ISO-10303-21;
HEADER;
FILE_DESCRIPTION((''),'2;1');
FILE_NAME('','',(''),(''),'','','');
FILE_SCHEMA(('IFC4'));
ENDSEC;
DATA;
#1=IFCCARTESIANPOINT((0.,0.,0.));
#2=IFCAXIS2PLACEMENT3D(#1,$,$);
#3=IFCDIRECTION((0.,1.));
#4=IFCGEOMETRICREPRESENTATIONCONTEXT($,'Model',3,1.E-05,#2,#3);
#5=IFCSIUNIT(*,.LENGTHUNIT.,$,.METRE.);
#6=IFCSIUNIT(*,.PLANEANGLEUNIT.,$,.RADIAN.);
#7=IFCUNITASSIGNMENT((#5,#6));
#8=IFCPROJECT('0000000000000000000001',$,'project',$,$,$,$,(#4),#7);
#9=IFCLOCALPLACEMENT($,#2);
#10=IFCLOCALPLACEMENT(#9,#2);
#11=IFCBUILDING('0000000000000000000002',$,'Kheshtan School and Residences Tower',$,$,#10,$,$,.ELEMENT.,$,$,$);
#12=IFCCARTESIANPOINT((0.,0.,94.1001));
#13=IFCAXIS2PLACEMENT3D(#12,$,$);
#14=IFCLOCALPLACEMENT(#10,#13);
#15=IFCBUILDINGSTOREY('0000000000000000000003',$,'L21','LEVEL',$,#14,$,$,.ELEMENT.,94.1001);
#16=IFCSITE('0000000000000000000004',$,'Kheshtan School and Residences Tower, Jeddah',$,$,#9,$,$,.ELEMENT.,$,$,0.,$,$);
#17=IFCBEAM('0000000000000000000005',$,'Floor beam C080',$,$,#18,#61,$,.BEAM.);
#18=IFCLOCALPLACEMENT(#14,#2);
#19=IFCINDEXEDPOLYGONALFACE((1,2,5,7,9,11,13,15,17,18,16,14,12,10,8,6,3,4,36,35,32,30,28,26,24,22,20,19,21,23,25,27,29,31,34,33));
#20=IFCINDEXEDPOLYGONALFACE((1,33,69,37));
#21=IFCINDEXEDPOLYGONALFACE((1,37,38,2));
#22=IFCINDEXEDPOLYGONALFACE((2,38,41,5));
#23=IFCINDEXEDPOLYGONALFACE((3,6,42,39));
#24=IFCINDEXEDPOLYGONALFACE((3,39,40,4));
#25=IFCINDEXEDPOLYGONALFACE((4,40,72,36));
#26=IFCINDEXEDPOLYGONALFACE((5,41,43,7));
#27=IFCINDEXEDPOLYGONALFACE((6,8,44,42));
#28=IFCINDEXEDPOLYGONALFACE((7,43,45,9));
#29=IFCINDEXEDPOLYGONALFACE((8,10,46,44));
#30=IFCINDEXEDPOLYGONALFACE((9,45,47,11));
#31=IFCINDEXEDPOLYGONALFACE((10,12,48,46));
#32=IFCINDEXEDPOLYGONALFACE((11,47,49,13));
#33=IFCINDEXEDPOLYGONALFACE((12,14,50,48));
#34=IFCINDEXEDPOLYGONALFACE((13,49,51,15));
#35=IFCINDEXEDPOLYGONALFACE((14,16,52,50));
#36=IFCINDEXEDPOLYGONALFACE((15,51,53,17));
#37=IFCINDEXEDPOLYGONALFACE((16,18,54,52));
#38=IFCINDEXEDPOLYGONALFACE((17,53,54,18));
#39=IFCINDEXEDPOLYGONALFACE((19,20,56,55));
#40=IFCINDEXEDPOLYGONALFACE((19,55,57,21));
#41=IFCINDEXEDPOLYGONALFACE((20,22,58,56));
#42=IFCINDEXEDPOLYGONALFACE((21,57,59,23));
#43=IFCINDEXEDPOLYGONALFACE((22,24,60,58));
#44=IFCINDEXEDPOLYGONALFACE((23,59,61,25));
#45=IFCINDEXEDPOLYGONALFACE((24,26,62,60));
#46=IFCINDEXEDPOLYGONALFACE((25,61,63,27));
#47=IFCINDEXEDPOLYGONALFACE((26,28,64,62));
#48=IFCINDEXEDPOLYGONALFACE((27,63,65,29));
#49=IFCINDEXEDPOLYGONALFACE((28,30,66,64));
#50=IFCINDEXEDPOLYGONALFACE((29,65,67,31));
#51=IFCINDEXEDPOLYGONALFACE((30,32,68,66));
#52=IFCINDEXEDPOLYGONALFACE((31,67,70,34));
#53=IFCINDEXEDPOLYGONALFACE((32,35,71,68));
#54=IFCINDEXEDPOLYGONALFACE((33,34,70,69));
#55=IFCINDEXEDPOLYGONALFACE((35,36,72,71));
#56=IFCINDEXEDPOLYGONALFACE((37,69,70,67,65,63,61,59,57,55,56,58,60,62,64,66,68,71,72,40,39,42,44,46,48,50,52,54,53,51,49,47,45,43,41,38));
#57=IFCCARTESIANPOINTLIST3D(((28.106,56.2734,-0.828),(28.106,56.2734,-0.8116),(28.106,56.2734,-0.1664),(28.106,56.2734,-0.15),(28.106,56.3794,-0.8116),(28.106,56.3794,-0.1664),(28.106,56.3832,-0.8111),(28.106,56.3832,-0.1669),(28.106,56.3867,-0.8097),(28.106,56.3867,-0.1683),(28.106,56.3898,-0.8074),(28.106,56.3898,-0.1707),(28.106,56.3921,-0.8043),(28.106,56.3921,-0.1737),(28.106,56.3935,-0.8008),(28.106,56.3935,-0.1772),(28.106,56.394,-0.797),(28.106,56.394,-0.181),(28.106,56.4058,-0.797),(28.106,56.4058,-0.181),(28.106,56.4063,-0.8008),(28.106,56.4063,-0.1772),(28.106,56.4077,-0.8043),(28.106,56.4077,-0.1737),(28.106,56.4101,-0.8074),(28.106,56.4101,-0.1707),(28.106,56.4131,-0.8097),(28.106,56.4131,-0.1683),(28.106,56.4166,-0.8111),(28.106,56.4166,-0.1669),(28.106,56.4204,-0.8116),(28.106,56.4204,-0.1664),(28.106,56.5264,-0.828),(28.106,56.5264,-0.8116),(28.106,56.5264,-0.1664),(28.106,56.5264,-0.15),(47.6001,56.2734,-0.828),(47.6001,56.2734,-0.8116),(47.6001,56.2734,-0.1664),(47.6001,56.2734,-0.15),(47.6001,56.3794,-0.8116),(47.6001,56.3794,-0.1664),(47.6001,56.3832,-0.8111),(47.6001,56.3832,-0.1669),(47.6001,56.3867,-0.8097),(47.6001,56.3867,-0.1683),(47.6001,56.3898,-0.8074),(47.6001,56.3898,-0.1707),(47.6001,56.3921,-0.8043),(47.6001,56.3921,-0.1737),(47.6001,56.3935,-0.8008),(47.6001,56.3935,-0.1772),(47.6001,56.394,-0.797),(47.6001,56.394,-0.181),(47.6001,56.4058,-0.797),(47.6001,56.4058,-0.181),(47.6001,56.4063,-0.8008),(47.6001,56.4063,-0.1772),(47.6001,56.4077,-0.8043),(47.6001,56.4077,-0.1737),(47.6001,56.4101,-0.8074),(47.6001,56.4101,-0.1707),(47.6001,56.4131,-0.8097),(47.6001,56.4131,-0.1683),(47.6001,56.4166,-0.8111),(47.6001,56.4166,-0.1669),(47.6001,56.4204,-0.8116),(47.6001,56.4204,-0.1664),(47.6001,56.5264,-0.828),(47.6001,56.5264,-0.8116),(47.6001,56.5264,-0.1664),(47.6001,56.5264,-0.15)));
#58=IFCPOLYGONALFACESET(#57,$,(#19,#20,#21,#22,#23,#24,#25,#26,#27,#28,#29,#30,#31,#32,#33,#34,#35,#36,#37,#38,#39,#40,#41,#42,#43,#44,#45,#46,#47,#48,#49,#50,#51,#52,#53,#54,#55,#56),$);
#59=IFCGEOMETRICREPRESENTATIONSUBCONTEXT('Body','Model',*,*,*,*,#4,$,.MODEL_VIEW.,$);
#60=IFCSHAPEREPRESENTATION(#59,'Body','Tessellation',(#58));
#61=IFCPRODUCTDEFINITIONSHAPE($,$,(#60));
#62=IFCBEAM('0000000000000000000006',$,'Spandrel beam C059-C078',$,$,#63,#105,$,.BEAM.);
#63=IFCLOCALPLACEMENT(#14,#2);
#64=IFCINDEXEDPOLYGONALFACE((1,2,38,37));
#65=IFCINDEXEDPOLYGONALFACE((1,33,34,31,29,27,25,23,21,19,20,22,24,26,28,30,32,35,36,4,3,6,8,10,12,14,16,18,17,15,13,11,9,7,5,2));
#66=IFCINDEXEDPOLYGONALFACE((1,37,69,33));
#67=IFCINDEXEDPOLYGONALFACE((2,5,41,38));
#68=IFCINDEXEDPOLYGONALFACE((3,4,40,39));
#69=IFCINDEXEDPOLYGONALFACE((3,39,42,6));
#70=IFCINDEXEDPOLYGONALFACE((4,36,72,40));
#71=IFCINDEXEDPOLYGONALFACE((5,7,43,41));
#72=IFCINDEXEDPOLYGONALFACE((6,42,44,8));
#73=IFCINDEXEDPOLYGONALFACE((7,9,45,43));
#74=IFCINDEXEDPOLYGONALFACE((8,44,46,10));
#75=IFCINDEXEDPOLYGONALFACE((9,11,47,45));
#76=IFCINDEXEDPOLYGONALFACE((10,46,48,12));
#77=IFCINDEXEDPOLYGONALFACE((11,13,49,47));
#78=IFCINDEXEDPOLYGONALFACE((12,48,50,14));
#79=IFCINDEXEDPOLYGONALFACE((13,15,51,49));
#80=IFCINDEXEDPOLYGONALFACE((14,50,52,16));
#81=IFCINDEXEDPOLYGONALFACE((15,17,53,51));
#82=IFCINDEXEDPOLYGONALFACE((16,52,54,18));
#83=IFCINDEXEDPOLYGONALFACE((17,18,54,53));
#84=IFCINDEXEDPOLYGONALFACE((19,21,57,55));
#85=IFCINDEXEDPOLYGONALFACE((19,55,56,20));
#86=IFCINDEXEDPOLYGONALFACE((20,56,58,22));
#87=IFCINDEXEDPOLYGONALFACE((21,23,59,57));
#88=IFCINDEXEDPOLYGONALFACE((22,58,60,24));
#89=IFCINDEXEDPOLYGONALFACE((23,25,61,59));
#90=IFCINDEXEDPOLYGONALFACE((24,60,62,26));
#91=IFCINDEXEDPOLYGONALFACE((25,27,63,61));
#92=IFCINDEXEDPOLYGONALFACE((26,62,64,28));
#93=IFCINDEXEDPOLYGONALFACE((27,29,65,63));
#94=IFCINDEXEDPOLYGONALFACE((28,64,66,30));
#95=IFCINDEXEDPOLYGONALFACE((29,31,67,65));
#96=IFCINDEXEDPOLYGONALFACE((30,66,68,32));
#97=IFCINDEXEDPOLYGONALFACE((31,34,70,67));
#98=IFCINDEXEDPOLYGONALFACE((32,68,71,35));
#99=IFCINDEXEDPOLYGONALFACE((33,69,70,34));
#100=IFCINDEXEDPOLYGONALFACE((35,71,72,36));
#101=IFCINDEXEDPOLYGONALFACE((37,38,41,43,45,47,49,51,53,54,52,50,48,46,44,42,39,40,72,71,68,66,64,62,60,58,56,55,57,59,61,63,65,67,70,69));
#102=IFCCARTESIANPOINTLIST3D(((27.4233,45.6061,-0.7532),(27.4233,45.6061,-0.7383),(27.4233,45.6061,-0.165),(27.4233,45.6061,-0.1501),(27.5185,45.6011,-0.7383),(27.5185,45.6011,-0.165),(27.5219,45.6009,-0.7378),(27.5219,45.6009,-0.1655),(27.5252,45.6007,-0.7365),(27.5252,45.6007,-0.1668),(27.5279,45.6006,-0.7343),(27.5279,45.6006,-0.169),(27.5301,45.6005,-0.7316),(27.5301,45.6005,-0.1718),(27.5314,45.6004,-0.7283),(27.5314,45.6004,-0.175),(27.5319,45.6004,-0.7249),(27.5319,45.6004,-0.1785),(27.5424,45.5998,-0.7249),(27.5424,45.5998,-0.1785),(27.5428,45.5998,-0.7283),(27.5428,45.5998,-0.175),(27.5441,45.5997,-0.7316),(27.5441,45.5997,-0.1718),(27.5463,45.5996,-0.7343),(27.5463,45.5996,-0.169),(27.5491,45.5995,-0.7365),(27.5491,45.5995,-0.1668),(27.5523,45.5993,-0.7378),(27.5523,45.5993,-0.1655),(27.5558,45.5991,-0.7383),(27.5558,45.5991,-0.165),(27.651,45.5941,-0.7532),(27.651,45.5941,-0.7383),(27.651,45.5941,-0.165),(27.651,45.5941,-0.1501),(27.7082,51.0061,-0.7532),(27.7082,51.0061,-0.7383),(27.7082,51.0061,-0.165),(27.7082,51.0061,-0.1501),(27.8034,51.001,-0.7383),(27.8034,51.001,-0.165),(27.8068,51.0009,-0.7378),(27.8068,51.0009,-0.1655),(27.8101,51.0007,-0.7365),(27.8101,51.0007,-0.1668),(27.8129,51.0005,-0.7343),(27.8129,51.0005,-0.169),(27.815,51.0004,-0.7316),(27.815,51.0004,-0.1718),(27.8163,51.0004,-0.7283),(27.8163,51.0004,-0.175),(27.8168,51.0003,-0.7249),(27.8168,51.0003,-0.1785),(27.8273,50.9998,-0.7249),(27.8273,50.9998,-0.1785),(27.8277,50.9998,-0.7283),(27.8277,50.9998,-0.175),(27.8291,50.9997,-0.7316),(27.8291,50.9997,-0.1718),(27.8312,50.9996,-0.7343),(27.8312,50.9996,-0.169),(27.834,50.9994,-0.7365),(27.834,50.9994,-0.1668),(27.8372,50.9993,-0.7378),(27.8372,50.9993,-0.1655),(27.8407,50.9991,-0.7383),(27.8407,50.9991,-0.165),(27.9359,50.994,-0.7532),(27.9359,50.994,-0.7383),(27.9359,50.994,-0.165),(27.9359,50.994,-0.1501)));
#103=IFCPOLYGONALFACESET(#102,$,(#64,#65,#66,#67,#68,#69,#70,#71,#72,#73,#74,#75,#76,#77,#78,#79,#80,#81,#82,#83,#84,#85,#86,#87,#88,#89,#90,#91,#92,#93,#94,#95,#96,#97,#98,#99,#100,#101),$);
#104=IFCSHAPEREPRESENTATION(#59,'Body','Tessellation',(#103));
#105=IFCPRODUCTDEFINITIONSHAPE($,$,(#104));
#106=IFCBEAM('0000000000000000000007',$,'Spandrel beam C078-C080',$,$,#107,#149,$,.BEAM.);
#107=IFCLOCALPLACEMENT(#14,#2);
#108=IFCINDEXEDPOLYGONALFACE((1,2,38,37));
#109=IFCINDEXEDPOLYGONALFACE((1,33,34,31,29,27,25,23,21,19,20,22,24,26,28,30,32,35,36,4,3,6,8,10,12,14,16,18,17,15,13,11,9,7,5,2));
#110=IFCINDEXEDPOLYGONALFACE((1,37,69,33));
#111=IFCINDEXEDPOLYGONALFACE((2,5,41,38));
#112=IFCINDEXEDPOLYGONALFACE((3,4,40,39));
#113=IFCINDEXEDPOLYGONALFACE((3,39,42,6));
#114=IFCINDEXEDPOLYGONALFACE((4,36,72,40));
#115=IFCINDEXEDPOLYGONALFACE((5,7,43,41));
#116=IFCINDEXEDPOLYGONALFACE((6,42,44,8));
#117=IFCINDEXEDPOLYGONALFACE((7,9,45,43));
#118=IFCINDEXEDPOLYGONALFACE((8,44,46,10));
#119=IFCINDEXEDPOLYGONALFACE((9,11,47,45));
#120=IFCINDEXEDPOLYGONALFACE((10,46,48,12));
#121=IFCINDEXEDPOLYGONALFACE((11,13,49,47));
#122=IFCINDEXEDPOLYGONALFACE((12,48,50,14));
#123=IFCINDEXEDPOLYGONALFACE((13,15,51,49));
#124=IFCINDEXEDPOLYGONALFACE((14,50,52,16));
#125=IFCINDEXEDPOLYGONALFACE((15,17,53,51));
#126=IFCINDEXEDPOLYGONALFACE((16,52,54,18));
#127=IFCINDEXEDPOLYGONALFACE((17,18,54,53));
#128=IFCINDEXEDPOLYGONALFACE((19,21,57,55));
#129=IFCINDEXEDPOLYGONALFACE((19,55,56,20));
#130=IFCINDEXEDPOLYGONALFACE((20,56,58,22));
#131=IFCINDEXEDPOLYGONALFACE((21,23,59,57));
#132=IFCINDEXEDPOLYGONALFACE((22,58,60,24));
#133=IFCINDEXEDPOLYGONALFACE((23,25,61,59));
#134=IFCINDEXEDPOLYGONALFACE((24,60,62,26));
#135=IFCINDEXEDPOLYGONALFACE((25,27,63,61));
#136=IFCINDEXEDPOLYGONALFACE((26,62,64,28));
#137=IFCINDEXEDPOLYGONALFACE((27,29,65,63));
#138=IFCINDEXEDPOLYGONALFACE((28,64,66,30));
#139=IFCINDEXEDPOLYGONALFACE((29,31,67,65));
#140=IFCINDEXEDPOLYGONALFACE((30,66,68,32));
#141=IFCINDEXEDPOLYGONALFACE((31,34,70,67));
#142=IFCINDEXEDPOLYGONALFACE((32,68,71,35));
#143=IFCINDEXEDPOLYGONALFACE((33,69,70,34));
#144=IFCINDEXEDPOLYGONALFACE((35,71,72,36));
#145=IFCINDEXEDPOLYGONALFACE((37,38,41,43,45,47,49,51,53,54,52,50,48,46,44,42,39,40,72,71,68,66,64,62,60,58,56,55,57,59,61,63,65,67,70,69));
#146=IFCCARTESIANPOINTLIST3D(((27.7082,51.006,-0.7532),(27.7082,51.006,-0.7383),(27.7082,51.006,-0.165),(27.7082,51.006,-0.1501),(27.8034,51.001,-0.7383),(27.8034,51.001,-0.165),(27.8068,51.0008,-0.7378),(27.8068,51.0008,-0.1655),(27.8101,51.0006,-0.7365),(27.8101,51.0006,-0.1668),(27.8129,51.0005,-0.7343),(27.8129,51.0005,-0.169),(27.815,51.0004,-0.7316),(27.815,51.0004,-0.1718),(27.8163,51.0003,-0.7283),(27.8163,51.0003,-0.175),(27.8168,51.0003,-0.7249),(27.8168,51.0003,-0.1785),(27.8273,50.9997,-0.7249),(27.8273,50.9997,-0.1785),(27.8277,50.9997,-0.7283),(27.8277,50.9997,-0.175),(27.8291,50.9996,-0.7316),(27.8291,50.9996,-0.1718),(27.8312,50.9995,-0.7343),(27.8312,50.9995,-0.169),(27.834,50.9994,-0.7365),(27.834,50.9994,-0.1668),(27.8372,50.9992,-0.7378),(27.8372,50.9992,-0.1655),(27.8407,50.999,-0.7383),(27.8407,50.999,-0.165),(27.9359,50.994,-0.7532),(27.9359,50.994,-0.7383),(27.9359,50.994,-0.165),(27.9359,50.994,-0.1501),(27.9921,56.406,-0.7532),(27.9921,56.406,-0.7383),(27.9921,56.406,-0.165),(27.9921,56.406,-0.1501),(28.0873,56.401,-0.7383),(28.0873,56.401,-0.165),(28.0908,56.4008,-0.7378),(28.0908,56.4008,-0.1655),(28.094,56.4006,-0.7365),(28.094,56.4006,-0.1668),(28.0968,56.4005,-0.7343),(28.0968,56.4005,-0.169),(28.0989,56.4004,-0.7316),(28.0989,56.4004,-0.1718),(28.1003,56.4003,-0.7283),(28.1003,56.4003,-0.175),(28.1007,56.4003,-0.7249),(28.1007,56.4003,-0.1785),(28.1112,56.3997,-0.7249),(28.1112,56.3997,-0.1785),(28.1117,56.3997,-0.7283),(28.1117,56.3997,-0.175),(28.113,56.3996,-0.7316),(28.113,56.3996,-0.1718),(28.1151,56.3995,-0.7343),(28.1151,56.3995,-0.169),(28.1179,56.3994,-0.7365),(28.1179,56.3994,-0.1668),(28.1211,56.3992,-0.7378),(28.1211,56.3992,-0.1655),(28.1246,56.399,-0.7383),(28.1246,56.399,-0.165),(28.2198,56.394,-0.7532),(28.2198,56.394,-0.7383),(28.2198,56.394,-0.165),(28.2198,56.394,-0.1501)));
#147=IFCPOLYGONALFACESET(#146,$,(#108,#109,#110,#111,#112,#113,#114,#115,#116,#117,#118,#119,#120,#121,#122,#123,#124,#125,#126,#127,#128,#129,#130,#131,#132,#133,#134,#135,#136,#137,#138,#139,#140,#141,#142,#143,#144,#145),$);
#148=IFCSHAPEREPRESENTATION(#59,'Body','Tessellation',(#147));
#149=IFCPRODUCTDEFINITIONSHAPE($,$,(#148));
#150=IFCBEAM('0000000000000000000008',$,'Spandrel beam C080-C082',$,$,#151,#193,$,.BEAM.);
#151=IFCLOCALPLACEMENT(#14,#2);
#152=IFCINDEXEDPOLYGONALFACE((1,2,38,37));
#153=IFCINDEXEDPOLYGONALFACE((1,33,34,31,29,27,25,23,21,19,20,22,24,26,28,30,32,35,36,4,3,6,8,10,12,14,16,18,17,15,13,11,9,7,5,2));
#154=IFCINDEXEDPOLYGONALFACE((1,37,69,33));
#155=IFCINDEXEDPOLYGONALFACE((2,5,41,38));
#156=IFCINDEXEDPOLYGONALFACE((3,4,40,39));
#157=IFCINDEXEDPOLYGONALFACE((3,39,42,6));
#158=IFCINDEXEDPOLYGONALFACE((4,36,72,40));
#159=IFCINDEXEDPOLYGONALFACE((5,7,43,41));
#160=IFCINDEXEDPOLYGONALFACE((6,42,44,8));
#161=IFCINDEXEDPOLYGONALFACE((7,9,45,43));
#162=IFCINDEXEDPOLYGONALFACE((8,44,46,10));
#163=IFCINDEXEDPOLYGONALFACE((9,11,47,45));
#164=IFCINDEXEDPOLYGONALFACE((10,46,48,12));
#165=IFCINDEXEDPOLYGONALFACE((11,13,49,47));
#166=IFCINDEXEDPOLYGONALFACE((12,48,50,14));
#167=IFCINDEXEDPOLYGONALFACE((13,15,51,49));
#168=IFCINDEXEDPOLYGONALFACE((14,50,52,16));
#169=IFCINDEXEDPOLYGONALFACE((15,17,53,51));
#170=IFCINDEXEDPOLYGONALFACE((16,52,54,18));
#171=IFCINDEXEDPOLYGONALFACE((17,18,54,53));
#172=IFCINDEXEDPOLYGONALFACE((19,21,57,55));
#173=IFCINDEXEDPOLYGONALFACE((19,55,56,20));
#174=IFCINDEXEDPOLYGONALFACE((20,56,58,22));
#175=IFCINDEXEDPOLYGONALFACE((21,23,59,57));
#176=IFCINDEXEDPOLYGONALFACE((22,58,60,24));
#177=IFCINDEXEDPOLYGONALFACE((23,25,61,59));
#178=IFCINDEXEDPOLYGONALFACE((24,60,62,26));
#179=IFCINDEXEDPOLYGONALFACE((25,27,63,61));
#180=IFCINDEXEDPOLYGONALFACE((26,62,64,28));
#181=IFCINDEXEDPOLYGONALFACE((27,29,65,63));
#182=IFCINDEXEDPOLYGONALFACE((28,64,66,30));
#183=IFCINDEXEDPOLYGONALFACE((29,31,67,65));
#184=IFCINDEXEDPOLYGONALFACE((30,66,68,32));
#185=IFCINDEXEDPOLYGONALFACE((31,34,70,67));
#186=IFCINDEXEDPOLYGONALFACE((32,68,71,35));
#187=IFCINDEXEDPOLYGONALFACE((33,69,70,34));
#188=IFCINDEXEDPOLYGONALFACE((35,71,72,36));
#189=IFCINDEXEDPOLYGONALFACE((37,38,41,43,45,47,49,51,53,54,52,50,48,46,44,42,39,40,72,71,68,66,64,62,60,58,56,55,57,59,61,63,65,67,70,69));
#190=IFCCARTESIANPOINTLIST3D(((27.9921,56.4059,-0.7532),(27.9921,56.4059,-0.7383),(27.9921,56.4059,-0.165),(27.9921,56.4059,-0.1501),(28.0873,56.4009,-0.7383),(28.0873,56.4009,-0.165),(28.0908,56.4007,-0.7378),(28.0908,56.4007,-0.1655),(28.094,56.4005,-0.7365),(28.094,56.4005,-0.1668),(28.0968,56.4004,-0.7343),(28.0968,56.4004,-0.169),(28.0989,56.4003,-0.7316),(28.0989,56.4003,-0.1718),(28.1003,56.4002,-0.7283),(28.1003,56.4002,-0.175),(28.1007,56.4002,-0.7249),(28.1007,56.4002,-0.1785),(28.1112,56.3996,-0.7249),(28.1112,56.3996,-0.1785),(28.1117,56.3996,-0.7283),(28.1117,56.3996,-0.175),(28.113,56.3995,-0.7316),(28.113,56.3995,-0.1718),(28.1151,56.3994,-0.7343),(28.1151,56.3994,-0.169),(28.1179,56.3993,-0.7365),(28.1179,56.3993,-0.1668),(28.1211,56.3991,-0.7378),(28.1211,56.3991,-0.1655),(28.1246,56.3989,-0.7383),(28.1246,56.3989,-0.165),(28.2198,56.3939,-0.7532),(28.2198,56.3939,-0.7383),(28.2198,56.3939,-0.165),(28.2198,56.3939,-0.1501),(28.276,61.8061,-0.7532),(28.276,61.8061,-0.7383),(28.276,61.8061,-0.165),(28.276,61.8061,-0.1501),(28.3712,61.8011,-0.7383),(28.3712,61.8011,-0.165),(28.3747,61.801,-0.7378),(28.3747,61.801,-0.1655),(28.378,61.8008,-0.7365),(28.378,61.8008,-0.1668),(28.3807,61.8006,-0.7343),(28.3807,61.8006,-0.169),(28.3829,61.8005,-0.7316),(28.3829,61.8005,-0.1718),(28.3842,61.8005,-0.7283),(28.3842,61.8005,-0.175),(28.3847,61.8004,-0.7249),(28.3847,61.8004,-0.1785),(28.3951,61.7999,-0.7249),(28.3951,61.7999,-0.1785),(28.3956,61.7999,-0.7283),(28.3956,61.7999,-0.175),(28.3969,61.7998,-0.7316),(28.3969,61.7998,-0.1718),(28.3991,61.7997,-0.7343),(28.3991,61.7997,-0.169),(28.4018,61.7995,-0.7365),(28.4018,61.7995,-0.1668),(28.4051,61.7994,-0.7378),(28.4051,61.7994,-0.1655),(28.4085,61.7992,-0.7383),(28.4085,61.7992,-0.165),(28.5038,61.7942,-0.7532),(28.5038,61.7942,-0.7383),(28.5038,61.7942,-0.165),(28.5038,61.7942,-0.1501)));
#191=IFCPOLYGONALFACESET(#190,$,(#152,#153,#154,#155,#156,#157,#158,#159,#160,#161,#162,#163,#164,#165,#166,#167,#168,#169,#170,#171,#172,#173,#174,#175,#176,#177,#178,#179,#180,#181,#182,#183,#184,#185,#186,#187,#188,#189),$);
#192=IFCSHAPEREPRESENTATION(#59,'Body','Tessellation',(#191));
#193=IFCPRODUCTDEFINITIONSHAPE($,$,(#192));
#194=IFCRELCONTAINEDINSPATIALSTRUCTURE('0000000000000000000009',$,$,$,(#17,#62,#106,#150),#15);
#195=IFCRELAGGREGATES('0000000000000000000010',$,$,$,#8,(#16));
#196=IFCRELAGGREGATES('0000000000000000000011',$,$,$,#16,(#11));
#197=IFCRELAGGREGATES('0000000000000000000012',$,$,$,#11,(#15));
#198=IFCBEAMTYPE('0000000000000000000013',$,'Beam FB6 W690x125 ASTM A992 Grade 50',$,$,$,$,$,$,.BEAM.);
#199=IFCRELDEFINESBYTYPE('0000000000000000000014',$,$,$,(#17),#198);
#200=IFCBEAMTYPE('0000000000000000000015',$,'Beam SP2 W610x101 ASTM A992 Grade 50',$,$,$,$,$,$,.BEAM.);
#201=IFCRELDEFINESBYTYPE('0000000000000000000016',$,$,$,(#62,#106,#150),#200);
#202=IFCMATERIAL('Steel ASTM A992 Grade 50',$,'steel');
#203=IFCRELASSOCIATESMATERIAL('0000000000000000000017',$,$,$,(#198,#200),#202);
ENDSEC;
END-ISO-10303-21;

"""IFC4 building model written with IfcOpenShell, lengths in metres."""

from ifc_helpers import new_model, si_unit, direction, frame, origin, origin_2d, place, context, subcontext, project, spatial, i_section, extrude, material, material_profile, profile_set, type_object, element, save


model = new_model("IFC4")

# Units and contexts
model_context = context("Model", 3, precision=1e-05, world=origin(), true_north=direction((0.0, 1.0)))
body_context = subcontext(model_context, "Body", "Model", "MODEL_VIEW")
ifc_project = project(units=[si_unit("LENGTHUNIT", "METRE"), si_unit("PLANEANGLEUNIT", "RADIAN")], contexts=[model_context])

# Site, building, storey
site_placement = place(None, origin())
site = spatial("IfcSite", under=ifc_project, at=site_placement, Name="Kheshtan School and Residences Tower, Jeddah", CompositionType="ELEMENT", RefElevation=0.0)
building_placement = place(site_placement, origin())
building = spatial("IfcBuilding", under=site, at=building_placement, Name="Kheshtan School and Residences Tower", CompositionType="ELEMENT")
storey_placement = place(building_placement, frame((0.0, 0.0, 94.1001)))
storey = spatial("IfcBuildingStorey", under=building, at=storey_placement, Name="L21", Description="LEVEL", CompositionType="ELEMENT", Elevation=94.1001)

# Shared definitions
ifc_material_1 = material(Name="Steel ASTM A992 Grade 50", Category="steel")

# Beams
ifc_material_profile_1 = material_profile(ifc_material_1, i_section(OverallWidth=0.2529, OverallDepth=0.678, WebThickness=0.0117, FlangeThickness=0.0164, FilletRadius=0.0146, at=origin_2d()), Name="W690x125")
ifc_profile_set_1 = profile_set([ifc_material_profile_1], Name="Steel ASTM A992 Grade 50")
beam_type_1 = type_object("IfcBeamType", Name="Beam FB6 W690x125 ASTM A992 Grade 50", PredefinedType="BEAM", material=ifc_profile_set_1)
beam_1_placement = place(storey_placement, frame((28.106, 56.3999, -0.489), z_axis=(1.0, 0.0, 0.0), x_axis=(0.0, 1.0, 0.0)))
element("IfcBeam", 1, at=beam_1_placement, inside=storey, type_object=beam_type_1, Name="Floor beam C080", PredefinedType="BEAM", context=body_context, shape_type="SweptSolid", body=[
    extrude(i_section(OverallWidth=0.2529, OverallDepth=0.678, WebThickness=0.0117, FlangeThickness=0.0164, FilletRadius=0.0146, at=origin_2d()), origin(), (0.0, 0.0, 1.0), 19.4941),
])
ifc_material_profile_2 = material_profile(ifc_material_1, i_section(OverallWidth=0.228, OverallDepth=0.603, WebThickness=0.0105, FlangeThickness=0.0149, FilletRadius=0.0134, at=origin_2d()), Name="W610x101")
ifc_profile_set_2 = profile_set([ifc_material_profile_2], Name="Steel ASTM A992 Grade 50")
beam_type_2 = type_object("IfcBeamType", Name="Beam SP2 W610x101 ASTM A992 Grade 50", PredefinedType="BEAM", material=ifc_profile_set_2)
for number, where, z_axis, x_axis, name in (
    (2, (27.5371, 45.6001, -0.4517), (0.052689, 0.998611, 0.0), (-0.998611, 0.052689, 0.0), "Spandrel beam C059-C078"),
    (3, (27.822, 51.0, -0.4517), (0.052509, 0.99862, 0.0), (-0.99862, 0.052509, 0.0), "Spandrel beam C078-C080"),
):
    element("IfcBeam", number, at=place(storey_placement, frame(where, z_axis=z_axis, x_axis=x_axis)), inside=storey, type_object=beam_type_2, Name=name, PredefinedType="BEAM", context=body_context, shape_type="SweptSolid", body=[
        extrude(i_section(OverallWidth=0.228, OverallDepth=0.603, WebThickness=0.0105, FlangeThickness=0.0149, FilletRadius=0.0134, at=origin_2d()), origin(), (0.0, 0.0, 1.0), 5.4075),
    ])
beam_2_placement = place(storey_placement, frame((28.106, 56.3999, -0.4517), z_axis=(0.052507, 0.998621, 0.0), x_axis=(-0.998621, 0.052507, 0.0)))
element("IfcBeam", 4, at=beam_2_placement, inside=storey, type_object=beam_type_2, Name="Spandrel beam C080-C082", PredefinedType="BEAM", context=body_context, shape_type="SweptSolid", body=[
    extrude(i_section(OverallWidth=0.228, OverallDepth=0.603, WebThickness=0.0105, FlangeThickness=0.0149, FilletRadius=0.0134, at=origin_2d()), origin(), (0.0, 0.0, 1.0), 5.4077),
])

save(model, "model.ifc")
